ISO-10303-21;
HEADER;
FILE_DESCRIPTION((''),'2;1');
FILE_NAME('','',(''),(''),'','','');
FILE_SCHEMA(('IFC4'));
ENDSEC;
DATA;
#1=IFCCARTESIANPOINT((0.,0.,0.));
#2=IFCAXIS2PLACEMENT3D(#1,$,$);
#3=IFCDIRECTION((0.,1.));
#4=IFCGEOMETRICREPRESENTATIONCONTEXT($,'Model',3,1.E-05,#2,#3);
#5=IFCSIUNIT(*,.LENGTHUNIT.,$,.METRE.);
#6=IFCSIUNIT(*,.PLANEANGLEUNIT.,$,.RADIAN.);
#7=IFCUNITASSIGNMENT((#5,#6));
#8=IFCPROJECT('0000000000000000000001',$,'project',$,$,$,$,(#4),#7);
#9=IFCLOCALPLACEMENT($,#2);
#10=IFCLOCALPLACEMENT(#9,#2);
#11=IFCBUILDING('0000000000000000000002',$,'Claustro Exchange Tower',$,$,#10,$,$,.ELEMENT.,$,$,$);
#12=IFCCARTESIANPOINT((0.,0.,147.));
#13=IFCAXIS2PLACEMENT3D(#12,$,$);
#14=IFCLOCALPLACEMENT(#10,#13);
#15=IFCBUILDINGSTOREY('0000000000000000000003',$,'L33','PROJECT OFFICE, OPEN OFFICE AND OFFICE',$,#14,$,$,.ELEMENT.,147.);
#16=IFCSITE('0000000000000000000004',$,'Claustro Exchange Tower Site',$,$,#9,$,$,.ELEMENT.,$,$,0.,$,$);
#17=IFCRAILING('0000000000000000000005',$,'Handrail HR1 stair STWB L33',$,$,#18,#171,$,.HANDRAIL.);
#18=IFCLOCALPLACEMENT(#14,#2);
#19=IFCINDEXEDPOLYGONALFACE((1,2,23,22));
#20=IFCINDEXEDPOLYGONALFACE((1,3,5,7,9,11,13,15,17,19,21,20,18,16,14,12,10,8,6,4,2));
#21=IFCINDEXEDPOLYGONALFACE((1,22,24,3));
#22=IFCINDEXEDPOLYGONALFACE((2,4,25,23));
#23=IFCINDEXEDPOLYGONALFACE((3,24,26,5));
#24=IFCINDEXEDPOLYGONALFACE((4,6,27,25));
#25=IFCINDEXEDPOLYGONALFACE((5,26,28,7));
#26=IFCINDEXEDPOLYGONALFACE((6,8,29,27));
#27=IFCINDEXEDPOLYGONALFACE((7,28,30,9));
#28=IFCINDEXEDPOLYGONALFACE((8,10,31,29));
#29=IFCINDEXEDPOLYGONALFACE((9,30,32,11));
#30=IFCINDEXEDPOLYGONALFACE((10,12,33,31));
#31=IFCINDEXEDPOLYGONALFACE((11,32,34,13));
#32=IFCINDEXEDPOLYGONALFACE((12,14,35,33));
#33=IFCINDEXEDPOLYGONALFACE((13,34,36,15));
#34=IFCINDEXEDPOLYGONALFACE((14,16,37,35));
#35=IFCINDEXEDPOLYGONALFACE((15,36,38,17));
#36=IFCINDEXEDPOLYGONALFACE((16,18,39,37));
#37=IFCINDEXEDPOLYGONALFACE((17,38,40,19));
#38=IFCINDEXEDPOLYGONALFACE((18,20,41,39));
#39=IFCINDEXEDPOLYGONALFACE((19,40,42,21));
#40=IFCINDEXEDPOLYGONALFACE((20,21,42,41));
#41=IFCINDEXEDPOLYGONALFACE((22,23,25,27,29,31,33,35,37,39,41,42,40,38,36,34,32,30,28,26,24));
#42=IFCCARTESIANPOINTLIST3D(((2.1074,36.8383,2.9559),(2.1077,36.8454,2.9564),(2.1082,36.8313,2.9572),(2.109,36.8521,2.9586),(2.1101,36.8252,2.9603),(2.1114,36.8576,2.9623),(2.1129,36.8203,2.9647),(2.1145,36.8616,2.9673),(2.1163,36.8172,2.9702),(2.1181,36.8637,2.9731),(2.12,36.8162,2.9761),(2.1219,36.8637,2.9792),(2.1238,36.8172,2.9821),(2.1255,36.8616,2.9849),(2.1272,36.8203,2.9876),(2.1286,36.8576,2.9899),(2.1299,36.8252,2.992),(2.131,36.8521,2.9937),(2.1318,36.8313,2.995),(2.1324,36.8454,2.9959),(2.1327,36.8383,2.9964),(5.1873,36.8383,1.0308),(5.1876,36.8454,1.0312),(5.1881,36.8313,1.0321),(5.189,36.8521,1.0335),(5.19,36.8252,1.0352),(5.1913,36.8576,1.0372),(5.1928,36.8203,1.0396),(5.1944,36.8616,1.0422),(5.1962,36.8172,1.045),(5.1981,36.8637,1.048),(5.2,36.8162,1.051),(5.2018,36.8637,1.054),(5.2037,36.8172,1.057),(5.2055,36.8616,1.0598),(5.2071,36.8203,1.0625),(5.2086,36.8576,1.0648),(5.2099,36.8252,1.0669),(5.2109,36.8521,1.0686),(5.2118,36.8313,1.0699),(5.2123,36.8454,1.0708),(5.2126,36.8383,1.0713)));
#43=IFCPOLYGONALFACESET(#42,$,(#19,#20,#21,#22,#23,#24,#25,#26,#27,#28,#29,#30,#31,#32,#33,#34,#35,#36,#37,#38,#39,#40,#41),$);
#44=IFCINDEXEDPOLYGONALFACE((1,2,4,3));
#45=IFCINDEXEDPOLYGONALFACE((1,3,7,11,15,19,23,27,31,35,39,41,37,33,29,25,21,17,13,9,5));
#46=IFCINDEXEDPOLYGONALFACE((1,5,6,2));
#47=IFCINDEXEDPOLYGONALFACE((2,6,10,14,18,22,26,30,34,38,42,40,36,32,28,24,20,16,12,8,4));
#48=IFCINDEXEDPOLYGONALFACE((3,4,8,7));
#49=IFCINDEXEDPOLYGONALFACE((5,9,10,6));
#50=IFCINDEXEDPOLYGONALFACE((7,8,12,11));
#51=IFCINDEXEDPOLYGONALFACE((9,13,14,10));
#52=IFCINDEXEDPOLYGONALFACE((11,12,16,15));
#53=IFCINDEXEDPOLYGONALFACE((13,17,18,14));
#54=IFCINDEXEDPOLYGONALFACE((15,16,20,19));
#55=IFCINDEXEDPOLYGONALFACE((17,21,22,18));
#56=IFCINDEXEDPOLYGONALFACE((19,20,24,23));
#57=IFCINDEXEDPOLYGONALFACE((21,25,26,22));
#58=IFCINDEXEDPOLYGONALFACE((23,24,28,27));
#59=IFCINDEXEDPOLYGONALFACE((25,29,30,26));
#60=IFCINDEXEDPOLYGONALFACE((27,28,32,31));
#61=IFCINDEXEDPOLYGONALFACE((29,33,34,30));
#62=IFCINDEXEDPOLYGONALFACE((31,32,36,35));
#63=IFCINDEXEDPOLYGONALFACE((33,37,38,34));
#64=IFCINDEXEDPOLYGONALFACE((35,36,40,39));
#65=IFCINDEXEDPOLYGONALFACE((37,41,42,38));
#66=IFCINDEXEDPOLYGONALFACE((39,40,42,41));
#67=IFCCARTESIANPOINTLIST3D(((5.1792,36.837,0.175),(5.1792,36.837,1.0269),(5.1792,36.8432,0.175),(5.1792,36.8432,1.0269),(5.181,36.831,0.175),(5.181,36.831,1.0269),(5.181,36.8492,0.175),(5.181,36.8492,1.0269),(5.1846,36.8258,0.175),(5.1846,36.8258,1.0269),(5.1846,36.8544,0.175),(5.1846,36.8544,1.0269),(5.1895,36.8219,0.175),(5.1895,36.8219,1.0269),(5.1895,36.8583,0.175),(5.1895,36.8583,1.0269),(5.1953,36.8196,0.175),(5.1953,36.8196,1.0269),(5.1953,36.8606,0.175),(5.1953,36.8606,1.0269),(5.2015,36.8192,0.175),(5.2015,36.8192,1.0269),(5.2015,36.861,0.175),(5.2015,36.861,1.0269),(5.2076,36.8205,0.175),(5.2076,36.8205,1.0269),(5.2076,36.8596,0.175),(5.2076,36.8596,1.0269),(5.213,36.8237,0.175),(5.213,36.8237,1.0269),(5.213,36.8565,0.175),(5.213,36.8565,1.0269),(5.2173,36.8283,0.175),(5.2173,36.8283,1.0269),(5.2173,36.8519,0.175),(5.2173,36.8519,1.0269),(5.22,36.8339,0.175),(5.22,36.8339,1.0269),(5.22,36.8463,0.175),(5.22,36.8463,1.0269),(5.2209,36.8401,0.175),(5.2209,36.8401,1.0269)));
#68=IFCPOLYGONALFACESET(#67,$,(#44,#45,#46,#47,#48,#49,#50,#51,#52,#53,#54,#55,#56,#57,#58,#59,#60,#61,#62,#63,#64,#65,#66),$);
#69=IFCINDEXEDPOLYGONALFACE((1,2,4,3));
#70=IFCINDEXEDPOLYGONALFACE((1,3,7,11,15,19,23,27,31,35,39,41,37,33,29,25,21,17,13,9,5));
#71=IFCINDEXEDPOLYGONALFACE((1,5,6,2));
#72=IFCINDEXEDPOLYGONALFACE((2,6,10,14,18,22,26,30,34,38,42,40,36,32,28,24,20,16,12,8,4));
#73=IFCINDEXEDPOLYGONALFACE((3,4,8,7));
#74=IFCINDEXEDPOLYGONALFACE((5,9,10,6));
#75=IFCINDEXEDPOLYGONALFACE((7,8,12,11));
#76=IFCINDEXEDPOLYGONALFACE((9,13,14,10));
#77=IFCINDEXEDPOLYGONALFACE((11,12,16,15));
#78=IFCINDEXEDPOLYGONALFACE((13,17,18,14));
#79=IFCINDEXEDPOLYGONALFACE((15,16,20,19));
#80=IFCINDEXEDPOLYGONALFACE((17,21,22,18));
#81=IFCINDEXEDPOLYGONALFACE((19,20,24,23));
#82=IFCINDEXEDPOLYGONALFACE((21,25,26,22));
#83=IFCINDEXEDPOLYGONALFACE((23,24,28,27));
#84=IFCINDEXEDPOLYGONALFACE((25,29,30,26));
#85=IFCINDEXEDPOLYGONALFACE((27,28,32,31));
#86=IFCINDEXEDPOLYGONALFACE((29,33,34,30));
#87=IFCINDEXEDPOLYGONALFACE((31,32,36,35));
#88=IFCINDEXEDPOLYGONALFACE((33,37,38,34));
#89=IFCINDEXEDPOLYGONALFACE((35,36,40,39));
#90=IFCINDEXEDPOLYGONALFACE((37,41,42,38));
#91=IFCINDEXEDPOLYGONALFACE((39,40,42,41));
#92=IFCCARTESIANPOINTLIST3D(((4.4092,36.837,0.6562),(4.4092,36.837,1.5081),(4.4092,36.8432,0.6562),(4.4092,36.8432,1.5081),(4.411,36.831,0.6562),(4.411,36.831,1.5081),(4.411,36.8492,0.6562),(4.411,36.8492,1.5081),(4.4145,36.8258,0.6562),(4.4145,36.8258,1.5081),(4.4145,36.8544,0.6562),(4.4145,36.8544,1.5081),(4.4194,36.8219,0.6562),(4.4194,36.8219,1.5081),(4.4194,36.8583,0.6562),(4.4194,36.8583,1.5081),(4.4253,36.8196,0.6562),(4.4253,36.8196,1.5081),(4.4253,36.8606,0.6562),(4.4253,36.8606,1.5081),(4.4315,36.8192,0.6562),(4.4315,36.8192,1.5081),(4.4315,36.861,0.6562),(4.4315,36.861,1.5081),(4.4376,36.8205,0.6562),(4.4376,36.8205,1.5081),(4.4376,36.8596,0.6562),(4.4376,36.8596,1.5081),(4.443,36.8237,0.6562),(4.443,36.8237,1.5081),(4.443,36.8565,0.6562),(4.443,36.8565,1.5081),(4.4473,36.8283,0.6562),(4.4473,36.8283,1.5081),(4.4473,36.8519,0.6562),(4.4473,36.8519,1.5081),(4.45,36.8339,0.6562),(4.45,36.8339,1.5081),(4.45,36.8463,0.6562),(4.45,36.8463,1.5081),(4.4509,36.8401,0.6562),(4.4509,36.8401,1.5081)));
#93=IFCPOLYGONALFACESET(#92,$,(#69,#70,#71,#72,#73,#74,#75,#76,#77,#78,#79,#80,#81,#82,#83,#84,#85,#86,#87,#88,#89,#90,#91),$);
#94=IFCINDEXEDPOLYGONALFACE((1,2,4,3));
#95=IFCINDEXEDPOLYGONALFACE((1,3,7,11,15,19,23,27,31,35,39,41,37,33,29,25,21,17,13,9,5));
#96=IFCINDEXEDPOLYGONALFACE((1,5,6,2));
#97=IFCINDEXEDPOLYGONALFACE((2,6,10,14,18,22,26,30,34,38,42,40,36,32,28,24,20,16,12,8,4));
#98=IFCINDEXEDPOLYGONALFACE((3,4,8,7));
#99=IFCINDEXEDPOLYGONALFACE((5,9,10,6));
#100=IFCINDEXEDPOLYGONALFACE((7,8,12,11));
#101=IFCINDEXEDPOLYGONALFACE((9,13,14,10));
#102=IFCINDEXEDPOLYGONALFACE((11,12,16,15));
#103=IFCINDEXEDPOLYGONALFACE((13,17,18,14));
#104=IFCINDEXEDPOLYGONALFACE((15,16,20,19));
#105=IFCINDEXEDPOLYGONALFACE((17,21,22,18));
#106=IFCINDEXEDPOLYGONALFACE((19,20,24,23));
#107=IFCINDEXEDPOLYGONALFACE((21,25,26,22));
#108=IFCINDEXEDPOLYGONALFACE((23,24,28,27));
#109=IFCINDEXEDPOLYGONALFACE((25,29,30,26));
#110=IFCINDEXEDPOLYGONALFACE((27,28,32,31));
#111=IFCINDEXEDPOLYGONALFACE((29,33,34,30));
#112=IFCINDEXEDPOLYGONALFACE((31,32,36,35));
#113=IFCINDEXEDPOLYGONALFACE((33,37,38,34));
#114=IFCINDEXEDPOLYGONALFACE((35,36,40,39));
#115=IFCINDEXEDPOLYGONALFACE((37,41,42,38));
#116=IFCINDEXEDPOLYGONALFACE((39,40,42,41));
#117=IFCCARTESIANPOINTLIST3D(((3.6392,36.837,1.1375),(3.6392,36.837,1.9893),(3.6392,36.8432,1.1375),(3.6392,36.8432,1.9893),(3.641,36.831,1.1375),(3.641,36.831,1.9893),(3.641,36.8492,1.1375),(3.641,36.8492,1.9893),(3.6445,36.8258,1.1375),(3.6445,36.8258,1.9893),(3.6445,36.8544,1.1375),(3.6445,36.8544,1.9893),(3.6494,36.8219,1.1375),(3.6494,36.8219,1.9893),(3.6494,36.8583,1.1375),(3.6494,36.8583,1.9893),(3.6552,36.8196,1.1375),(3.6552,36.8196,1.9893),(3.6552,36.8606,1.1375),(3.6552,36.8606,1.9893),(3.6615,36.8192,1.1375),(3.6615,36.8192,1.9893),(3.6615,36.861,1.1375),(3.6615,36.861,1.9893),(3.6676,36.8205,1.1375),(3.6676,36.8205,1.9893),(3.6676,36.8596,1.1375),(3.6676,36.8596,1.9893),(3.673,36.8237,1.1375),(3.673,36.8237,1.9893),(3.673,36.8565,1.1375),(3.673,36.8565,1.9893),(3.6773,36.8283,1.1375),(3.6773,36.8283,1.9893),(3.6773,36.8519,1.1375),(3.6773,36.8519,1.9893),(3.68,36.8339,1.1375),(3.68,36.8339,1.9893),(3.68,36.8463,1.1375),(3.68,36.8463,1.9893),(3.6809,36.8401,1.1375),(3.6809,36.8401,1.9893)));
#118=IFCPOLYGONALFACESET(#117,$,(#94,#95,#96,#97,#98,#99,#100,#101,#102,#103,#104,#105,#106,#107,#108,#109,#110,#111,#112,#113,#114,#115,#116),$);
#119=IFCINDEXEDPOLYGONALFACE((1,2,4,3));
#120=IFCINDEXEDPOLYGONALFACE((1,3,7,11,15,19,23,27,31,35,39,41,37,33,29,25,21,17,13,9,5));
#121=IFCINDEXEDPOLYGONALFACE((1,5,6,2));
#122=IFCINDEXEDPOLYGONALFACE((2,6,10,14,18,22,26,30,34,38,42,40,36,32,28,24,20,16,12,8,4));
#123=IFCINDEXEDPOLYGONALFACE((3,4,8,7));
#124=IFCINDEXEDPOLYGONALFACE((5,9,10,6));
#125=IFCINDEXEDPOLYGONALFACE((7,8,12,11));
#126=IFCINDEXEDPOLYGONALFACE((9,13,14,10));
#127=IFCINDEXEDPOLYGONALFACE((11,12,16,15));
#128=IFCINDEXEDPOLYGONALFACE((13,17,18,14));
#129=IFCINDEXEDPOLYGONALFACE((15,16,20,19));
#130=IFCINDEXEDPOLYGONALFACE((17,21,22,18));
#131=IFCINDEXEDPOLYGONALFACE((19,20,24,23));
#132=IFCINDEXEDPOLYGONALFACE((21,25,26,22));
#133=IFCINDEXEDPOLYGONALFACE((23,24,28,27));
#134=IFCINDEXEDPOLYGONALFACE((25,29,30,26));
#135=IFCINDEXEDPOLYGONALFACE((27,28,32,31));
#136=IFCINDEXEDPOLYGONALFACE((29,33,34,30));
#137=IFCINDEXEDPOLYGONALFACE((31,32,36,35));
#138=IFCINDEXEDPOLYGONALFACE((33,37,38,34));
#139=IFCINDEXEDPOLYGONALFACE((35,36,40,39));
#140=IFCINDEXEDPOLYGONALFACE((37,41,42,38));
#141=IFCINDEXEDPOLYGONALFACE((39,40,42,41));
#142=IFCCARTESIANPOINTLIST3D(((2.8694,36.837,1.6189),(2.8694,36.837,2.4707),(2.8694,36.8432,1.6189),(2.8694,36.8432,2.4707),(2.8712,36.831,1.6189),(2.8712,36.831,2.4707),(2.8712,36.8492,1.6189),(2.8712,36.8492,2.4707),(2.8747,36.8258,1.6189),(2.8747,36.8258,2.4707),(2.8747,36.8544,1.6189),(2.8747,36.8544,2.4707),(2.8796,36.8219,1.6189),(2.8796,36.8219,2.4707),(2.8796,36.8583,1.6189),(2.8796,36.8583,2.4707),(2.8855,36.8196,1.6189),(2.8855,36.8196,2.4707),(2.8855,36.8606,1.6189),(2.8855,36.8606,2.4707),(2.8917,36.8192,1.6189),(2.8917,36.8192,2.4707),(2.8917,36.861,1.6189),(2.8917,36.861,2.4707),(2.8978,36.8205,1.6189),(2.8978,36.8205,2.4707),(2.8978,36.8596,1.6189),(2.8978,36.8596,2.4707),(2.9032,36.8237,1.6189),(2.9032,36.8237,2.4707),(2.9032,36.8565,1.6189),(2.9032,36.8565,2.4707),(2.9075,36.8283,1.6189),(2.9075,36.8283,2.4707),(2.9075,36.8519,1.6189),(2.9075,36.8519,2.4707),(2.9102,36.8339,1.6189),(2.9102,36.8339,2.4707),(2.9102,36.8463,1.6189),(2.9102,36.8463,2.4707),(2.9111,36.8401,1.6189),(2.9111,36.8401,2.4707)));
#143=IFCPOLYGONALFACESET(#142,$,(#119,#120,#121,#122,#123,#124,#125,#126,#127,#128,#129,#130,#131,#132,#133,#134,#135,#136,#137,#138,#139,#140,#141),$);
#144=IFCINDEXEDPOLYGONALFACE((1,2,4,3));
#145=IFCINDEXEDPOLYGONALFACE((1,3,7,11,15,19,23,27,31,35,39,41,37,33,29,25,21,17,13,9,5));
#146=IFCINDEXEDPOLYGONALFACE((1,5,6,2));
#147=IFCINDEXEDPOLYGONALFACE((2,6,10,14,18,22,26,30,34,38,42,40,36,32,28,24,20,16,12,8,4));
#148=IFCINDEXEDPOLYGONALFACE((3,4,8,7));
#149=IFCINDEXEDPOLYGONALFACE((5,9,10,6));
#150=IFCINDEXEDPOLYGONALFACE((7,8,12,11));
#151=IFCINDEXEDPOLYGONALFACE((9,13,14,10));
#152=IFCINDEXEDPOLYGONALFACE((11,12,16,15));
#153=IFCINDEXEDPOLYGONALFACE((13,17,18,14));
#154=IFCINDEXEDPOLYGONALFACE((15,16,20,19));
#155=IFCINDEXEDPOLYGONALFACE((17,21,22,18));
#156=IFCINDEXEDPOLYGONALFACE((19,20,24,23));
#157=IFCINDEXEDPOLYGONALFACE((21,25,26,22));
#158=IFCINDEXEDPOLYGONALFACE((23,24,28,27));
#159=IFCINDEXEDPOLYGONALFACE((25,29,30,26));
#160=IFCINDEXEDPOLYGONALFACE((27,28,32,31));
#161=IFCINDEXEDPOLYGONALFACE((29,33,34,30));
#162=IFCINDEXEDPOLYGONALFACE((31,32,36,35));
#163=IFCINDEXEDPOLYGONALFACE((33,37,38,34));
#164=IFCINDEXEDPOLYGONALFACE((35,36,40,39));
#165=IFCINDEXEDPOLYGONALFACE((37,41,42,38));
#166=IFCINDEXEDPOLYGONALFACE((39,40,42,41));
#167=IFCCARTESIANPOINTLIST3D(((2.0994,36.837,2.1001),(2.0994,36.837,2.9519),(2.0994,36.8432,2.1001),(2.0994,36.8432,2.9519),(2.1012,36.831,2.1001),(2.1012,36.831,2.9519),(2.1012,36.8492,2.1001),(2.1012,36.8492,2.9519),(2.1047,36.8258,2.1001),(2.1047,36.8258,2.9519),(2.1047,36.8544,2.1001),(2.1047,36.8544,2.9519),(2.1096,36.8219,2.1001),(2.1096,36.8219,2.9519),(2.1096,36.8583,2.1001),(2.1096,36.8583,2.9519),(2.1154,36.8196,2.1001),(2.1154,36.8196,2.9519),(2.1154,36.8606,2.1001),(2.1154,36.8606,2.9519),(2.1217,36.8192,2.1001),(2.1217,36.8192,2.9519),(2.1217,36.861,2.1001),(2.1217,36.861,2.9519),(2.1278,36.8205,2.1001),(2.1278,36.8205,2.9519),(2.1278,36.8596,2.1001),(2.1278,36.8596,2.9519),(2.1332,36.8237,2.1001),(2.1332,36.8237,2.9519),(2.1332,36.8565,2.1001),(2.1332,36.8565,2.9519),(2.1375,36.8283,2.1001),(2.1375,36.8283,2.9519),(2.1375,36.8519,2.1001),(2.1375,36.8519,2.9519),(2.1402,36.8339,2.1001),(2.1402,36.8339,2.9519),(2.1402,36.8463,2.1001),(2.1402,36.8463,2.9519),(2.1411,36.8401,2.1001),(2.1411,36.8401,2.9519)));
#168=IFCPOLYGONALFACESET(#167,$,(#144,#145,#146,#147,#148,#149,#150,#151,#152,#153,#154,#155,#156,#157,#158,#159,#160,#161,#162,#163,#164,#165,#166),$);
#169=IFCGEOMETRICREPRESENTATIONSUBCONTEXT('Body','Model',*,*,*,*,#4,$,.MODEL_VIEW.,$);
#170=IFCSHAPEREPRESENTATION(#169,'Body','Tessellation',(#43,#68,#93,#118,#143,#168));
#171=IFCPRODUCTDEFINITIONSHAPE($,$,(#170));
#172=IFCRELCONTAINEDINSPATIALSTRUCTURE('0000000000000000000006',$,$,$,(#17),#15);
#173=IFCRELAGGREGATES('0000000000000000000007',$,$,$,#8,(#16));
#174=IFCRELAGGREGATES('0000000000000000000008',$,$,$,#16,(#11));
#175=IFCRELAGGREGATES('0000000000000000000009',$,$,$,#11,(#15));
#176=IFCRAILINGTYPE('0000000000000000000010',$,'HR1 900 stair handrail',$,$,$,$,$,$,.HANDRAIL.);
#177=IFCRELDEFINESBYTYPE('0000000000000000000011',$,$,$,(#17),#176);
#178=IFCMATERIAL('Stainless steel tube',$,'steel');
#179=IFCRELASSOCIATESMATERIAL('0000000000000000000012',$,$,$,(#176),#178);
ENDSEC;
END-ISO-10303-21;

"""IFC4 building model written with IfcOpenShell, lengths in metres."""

from ifc_helpers import new_model, si_unit, direction, frame, origin, origin_2d, place, context, subcontext, project, spatial, circle, extrude, material, type_object, element, save


model = new_model("IFC4")

# Units and contexts
model_context = context("Model", 3, precision=1e-05, world=origin(), true_north=direction((0.0, 1.0)))
body_context = subcontext(model_context, "Body", "Model", "MODEL_VIEW")
ifc_project = project(units=[si_unit("LENGTHUNIT", "METRE"), si_unit("PLANEANGLEUNIT", "RADIAN")], contexts=[model_context])

# Site, building, storey
site_placement = place(None, origin())
site = spatial("IfcSite", under=ifc_project, at=site_placement, Name="Claustro Exchange Tower Site", CompositionType="ELEMENT", RefElevation=0.0)
building_placement = place(site_placement, origin())
building = spatial("IfcBuilding", under=site, at=building_placement, Name="Claustro Exchange Tower", CompositionType="ELEMENT")
storey_placement = place(building_placement, frame((0.0, 0.0, 147.0)))
storey = spatial("IfcBuildingStorey", under=building, at=storey_placement, Name="L33", Description="PROJECT OFFICE, OPEN OFFICE AND OFFICE", CompositionType="ELEMENT", Elevation=147.0)

# Railing
ifc_material_1 = material(Name="Stainless steel tube", Category="steel")
railing_type_1 = type_object("IfcRailingType", Name="HR1 900 stair handrail", PredefinedType="HANDRAIL", material=ifc_material_1)
railing_1_placement = place(storey_placement, frame((5.2, 36.8401, 0.175)))
element("IfcRailing", 1, at=railing_1_placement, inside=storey, type_object=railing_type_1, Name="Handrail HR1 stair STWB L33", PredefinedType="HANDRAIL", context=body_context, shape_type="SweptSolid", body=[
    extrude(circle(Radius=0.0239, at=origin_2d()), frame((0.0, 0.0, 0.876), z_axis=(-0.847979, 0.0, 0.530029), x_axis=(0.0, -1.0, 0.0)), (0.0, 0.0, 1.0), 3.6321),
    extrude(circle(Radius=0.021, at=origin_2d()), origin(), (0.0, 0.0, 1.0), 0.8518),
    extrude(circle(Radius=0.021, at=origin_2d()), frame((-0.77, 0.0, 0.4812)), (0.0, 0.0, 1.0), 0.8518),
    extrude(circle(Radius=0.021, at=origin_2d()), frame((-1.54, 0.0, 0.9624)), (0.0, 0.0, 1.0), 0.8518),
    extrude(circle(Radius=0.021, at=origin_2d()), frame((-2.3098, 0.0, 1.4438)), (0.0, 0.0, 1.0), 0.8518),
    extrude(circle(Radius=0.021, at=origin_2d()), frame((-3.0798, 0.0, 1.925)), (0.0, 0.0, 1.0), 0.8518),
])

save(model, "model.ifc")
